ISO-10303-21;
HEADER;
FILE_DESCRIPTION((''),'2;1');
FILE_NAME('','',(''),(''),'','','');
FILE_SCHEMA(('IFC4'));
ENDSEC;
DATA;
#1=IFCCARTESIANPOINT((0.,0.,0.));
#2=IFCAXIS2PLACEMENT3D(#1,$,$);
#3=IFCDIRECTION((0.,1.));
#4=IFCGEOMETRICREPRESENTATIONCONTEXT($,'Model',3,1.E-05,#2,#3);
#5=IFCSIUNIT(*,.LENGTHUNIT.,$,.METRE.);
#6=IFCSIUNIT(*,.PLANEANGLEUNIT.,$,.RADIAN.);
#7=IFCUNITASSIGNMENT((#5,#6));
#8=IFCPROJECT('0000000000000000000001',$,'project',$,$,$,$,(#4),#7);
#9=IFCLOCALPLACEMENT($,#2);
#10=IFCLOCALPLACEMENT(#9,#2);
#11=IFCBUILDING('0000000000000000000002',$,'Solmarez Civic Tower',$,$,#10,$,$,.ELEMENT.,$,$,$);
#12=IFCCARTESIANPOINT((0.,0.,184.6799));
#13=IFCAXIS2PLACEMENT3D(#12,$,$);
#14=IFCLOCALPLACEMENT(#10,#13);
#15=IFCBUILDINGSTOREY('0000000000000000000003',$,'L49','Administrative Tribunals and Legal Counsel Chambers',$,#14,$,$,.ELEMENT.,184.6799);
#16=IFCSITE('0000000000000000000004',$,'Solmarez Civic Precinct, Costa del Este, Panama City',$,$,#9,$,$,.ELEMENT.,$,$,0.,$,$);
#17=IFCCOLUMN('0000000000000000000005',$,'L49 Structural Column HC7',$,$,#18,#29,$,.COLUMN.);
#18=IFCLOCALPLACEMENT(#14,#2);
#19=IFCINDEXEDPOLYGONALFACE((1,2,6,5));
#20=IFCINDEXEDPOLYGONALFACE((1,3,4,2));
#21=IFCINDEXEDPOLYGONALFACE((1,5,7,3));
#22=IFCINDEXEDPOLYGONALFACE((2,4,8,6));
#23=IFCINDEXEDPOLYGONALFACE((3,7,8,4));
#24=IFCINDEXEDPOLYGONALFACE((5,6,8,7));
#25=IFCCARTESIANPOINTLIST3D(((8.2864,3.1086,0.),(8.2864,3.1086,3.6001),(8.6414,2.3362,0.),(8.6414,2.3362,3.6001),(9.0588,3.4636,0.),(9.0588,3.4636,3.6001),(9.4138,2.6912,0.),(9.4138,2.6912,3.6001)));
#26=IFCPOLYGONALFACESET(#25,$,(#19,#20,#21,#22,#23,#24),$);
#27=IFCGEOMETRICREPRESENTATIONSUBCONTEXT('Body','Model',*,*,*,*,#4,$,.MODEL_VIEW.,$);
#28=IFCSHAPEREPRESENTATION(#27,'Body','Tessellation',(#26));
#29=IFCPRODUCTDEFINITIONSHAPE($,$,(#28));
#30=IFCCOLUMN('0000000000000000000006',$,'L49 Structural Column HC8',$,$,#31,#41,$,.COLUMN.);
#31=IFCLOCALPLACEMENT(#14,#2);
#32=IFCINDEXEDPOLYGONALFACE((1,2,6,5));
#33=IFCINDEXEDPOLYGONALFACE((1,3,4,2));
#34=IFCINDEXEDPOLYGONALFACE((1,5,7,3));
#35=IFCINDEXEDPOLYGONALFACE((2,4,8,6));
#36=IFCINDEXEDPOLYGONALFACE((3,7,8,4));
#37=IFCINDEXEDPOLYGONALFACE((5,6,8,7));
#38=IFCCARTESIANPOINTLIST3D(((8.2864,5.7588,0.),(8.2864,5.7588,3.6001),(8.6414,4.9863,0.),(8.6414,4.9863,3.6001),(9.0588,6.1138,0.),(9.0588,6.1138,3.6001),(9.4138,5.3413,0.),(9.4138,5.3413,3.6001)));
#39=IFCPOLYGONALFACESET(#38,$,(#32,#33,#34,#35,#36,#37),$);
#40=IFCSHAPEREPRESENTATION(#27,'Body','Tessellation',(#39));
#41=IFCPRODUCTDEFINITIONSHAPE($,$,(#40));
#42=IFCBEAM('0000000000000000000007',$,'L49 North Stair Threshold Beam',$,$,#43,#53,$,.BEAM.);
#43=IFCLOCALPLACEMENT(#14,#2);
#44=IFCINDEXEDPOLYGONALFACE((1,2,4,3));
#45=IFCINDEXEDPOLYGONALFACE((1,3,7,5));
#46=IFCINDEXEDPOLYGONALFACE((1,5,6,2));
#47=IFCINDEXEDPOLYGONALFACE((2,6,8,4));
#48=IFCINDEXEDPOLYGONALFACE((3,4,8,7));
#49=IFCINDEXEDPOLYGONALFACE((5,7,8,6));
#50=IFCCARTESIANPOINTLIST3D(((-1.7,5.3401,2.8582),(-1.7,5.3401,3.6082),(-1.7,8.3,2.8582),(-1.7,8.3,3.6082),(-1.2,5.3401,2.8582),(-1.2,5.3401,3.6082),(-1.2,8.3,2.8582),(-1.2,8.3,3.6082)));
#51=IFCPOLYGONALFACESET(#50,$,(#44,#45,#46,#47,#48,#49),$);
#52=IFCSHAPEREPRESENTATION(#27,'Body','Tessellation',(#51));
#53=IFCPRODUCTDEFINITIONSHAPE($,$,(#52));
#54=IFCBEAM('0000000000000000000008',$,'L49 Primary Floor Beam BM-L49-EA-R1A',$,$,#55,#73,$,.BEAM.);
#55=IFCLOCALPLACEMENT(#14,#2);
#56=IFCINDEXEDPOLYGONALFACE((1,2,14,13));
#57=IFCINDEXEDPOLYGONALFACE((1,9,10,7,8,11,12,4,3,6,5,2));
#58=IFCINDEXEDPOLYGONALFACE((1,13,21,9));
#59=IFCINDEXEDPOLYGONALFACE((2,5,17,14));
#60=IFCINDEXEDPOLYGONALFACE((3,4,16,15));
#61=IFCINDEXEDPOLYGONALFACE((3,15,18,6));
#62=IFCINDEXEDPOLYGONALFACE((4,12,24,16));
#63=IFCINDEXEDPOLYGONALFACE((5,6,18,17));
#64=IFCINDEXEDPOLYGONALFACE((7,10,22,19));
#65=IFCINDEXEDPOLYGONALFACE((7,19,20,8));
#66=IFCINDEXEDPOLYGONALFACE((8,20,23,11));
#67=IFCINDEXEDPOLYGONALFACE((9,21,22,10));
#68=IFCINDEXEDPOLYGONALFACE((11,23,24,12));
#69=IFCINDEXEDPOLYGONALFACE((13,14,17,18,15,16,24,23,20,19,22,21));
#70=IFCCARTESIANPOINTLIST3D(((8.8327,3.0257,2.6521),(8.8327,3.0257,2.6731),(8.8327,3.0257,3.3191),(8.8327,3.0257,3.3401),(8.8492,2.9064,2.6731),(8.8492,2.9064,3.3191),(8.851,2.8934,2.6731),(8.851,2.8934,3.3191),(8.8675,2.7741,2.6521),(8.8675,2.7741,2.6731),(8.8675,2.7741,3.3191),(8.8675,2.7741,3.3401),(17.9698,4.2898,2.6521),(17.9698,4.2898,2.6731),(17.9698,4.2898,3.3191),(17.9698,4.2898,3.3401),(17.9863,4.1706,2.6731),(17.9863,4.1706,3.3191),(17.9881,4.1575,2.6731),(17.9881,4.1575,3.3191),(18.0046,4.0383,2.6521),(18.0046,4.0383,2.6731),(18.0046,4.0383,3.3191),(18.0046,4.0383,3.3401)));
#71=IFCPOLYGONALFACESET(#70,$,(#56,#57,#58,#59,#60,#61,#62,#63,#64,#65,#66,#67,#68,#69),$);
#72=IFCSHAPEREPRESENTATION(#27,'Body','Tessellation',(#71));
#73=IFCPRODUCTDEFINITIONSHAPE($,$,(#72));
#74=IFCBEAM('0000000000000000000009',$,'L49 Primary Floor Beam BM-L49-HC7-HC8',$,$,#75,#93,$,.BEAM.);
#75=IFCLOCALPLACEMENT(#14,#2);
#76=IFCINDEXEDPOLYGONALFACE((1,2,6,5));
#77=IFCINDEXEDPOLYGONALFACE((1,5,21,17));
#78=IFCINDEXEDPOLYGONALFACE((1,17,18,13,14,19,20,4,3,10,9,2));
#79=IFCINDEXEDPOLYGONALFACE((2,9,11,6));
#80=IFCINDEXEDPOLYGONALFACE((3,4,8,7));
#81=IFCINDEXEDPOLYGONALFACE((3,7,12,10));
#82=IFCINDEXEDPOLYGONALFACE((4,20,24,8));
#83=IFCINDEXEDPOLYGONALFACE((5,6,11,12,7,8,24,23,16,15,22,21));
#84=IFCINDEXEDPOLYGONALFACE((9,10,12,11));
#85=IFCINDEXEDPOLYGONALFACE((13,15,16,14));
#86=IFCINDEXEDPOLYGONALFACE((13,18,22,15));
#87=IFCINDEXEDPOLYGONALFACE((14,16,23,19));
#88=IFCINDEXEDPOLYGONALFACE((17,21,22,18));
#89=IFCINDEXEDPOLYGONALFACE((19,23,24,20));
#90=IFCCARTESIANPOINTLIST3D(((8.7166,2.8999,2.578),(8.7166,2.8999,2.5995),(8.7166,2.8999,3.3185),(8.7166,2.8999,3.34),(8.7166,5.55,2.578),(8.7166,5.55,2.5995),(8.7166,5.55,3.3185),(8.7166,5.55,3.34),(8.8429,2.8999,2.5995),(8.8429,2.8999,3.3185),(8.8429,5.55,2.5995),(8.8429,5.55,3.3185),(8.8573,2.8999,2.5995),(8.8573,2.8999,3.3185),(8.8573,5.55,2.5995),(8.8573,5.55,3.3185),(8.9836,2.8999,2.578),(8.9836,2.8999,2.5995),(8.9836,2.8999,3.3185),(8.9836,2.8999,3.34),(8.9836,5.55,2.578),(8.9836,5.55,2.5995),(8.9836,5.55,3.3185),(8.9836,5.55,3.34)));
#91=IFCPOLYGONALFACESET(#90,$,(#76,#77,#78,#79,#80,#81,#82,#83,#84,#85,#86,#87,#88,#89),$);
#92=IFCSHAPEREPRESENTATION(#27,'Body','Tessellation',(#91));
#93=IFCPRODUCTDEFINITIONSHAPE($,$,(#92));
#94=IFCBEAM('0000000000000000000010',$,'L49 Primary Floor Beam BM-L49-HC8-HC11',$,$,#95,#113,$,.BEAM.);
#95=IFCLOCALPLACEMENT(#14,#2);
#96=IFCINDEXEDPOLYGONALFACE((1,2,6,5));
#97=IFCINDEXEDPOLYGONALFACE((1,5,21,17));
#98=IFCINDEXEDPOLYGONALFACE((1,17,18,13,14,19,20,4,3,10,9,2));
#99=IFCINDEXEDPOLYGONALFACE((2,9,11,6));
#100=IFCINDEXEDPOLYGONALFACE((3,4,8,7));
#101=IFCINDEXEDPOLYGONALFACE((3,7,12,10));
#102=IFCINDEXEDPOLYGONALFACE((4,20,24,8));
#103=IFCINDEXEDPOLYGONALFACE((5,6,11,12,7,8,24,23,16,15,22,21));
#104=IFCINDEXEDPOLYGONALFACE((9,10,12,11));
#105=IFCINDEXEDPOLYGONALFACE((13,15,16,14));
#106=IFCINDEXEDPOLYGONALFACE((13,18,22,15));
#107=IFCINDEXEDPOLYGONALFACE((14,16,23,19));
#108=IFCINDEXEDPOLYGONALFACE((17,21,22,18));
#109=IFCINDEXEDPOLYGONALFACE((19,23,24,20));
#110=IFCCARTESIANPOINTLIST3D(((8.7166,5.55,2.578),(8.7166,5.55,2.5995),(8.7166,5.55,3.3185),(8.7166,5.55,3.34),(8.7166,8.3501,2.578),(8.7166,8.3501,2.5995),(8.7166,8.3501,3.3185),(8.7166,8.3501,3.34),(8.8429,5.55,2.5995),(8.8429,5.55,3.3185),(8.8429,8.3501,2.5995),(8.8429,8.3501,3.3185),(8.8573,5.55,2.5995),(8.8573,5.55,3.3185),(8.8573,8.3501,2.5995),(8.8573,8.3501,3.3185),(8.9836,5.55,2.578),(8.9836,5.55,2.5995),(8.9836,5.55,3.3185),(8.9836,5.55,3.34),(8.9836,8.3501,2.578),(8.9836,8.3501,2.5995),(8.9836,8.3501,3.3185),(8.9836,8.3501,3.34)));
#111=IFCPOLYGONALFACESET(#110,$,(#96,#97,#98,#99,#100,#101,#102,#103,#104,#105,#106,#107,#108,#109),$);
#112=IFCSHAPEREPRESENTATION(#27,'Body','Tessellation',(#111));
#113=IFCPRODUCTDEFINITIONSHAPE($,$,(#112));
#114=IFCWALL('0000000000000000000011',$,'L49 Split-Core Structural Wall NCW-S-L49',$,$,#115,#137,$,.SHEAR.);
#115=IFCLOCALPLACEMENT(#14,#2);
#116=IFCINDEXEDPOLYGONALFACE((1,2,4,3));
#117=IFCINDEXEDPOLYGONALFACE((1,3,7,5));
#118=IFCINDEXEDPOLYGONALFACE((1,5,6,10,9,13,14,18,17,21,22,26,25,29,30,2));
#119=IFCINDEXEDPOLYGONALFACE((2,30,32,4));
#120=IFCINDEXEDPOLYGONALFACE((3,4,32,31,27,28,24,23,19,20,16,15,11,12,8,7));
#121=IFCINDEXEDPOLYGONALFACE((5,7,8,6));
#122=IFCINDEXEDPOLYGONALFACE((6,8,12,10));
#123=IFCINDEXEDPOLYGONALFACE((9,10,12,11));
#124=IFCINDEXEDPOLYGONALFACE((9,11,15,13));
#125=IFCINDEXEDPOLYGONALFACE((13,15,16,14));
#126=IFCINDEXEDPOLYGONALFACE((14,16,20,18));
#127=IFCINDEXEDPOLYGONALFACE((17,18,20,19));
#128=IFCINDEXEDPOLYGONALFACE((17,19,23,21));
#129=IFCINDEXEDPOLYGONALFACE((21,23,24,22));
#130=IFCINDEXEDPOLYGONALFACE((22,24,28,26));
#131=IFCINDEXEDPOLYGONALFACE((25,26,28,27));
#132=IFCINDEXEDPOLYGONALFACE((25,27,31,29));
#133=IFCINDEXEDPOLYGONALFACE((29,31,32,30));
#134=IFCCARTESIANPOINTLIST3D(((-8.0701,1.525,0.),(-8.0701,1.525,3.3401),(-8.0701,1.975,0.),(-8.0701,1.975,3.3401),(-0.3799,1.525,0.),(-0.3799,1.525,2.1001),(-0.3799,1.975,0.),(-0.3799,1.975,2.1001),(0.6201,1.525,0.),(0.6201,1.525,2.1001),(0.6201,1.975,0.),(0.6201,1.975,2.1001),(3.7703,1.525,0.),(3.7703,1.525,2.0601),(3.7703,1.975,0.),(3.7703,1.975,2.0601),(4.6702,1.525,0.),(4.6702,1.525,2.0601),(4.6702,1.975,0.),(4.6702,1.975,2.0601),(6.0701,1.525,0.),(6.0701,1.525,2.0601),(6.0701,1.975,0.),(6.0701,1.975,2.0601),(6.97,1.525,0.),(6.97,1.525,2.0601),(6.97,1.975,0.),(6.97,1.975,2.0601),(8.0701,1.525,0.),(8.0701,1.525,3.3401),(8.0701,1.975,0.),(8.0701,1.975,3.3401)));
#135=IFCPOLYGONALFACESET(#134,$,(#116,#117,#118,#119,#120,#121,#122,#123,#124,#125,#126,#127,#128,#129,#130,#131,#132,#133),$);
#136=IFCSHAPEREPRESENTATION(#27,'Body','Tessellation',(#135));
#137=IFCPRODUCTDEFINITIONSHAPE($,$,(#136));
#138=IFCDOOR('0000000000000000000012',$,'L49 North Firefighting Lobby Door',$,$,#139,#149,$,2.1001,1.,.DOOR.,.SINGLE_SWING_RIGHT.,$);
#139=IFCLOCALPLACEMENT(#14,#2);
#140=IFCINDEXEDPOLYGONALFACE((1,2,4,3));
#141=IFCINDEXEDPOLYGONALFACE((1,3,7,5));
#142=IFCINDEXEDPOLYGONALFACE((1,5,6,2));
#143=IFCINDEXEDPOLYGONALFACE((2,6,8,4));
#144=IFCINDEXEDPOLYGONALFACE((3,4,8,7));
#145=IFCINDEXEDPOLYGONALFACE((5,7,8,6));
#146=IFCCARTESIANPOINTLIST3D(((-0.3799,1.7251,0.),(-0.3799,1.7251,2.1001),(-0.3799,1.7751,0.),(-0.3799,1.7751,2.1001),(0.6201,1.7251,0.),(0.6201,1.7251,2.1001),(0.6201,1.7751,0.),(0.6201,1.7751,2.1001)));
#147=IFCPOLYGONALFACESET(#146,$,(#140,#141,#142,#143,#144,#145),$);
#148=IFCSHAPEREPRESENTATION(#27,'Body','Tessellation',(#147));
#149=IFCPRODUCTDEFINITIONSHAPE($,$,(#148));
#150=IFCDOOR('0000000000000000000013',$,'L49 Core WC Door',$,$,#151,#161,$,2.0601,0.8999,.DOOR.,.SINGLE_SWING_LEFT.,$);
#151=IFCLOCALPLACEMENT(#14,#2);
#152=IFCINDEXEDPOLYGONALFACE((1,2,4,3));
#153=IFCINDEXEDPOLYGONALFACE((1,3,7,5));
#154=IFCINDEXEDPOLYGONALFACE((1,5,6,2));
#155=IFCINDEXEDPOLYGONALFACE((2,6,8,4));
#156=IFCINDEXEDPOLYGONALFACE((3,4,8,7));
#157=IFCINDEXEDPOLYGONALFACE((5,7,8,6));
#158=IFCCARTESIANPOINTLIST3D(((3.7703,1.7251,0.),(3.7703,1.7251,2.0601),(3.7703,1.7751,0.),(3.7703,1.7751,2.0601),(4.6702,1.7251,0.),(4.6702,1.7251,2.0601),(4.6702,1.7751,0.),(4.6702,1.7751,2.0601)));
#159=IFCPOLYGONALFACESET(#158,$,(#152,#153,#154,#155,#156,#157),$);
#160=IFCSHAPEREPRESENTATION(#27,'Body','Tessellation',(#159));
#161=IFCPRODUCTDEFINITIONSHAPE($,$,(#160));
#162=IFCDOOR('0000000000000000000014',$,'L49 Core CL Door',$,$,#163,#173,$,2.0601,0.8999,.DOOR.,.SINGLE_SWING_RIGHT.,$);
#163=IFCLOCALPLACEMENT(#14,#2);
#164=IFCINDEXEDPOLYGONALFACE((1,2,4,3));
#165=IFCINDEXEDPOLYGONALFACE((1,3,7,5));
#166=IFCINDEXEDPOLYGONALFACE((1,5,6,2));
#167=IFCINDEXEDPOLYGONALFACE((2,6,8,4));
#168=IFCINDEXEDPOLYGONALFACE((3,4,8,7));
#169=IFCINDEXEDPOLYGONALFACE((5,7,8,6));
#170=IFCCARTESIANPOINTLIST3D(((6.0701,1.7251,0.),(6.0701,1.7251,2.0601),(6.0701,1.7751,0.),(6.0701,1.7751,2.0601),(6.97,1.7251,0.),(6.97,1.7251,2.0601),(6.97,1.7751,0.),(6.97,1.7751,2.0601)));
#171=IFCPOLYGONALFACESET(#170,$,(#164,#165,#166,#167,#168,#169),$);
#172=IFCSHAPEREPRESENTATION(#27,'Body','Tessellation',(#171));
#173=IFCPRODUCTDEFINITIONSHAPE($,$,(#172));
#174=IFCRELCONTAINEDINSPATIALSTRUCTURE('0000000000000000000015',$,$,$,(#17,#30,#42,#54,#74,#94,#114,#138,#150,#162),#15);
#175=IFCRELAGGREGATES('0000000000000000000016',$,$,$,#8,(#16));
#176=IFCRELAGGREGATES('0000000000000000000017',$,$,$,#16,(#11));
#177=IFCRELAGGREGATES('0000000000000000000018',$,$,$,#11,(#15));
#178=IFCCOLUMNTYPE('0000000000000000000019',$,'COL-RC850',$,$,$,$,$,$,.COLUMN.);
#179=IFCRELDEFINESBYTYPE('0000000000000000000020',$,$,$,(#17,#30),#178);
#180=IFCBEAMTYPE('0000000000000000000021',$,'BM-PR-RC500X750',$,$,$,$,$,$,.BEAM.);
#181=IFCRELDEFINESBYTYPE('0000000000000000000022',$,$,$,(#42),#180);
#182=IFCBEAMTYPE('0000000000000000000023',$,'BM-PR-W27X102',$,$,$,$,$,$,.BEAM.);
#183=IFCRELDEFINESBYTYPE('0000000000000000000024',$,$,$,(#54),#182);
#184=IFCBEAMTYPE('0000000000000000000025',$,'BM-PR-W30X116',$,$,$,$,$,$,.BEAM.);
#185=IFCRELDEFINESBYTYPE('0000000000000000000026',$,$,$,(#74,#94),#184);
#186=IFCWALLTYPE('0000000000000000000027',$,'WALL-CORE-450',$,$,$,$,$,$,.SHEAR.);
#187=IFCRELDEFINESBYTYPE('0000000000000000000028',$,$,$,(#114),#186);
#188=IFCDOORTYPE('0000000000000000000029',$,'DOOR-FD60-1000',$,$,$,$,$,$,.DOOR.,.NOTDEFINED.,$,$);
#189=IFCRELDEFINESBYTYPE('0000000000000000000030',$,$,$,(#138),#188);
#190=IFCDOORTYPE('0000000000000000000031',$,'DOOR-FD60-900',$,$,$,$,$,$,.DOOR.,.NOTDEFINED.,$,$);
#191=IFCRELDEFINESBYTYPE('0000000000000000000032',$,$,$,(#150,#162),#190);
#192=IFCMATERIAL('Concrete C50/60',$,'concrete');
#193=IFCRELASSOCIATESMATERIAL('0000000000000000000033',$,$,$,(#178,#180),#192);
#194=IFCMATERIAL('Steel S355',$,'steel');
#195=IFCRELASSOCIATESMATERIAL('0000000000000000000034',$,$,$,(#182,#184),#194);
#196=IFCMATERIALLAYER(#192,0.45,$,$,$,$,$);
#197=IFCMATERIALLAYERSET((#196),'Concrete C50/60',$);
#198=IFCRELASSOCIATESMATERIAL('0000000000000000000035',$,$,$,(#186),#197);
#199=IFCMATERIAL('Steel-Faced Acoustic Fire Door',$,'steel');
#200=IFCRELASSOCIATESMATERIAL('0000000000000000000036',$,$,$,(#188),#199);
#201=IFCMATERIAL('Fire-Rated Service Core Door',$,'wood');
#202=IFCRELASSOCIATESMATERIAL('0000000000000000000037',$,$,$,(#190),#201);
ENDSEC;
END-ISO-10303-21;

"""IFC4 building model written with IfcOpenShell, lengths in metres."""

from ifc_helpers import new_model, si_unit, direction, frame, frame_2d, origin, origin_2d, place, context, subcontext, project, spatial, rectangle, i_section, extrude, material, layer, layer_set, material_profile, profile_set, type_object, element, fill, save


model = new_model("IFC4")

# Units and contexts
model_context = context("Model", 3, precision=1e-05, world=origin(), true_north=direction((0.0, 1.0)))
body_context = subcontext(model_context, "Body", "Model", "MODEL_VIEW")
ifc_project = project(units=[si_unit("LENGTHUNIT", "METRE"), si_unit("PLANEANGLEUNIT", "RADIAN")], contexts=[model_context])

# Site, building, storey
site_placement = place(None, origin())
site = spatial("IfcSite", under=ifc_project, at=site_placement, Name="Solmarez Civic Precinct, Costa del Este, Panama City", CompositionType="ELEMENT", RefElevation=0.0)
building_placement = place(site_placement, origin())
building = spatial("IfcBuilding", under=site, at=building_placement, Name="Solmarez Civic Tower", CompositionType="ELEMENT")
storey_placement = place(building_placement, frame((0.0, 0.0, 184.6799)))
storey = spatial("IfcBuildingStorey", under=building, at=storey_placement, Name="L49", Description="Administrative Tribunals and Legal Counsel Chambers", CompositionType="ELEMENT", Elevation=184.6799)

# Columns
ifc_material_1 = material(Name="Concrete C50/60", Category="concrete")
ifc_material_profile_1 = material_profile(ifc_material_1, rectangle(XDim=0.8501, YDim=0.8501, at=origin_2d()), Name="RC850X850")
ifc_profile_set_1 = profile_set([ifc_material_profile_1], Name="Concrete C50/60")
column_type = type_object("IfcColumnType", Name="COL-RC850", PredefinedType="COLUMN", material=ifc_profile_set_1)
for number, where, z_axis, x_axis, name in (
    (1, (8.8501, 2.8999, 0.0), (0.0, 0.0, 1.0), (0.908654, 0.41755, 0.0), "L49 Structural Column HC7"),
    (2, (8.8501, 5.55, 0.0), (0.0, 0.0, 1.0), (0.908654, 0.41755, 0.0), "L49 Structural Column HC8"),
):
    element("IfcColumn", number, at=place(storey_placement, frame(where, z_axis=z_axis, x_axis=x_axis)), inside=storey, type_object=column_type, Name=name, PredefinedType="COLUMN", context=body_context, shape_type="SweptSolid", body=[
        extrude(rectangle(XDim=0.8501, YDim=0.8501, at=origin_2d()), origin(), (0.0, 0.0, 1.0), 3.6001),
    ])

# Beams
ifc_material_profile_2 = material_profile(ifc_material_1, rectangle(XDim=0.5, YDim=0.75, at=origin_2d()), Name="RC500X750")
ifc_profile_set_2 = profile_set([ifc_material_profile_2], Name="Concrete C50/60")
beam_type_1 = type_object("IfcBeamType", Name="BM-PR-RC500X750", PredefinedType="BEAM", material=ifc_profile_set_2)
beam_1_placement = place(storey_placement, frame((-1.45, 5.3401, 3.2332), z_axis=(0.0, 1.0, 0.0), x_axis=(-1.0, 0.0, 0.0)))
element("IfcBeam", 3, at=beam_1_placement, inside=storey, type_object=beam_type_1, Name="L49 North Stair Threshold Beam", PredefinedType="BEAM", context=body_context, shape_type="SweptSolid", body=[
    extrude(rectangle(XDim=0.5, YDim=0.75, at=origin_2d()), origin(), (0.0, 0.0, 1.0), 2.96),
])
ifc_material_2 = material(Name="Steel S355", Category="steel")
ifc_material_profile_3 = material_profile(ifc_material_2, i_section(OverallWidth=0.2539, OverallDepth=0.688, WebThickness=0.0132, FlangeThickness=0.021, at=origin_2d()), Name="W27X102")
ifc_profile_set_3 = profile_set([ifc_material_profile_3], Name="Steel S355")
beam_type_2 = type_object("IfcBeamType", Name="BM-PR-W27X102", PredefinedType="BEAM", material=ifc_profile_set_3)
beam_2_placement = place(storey_placement, frame((8.8501, 2.8999, 2.9961), z_axis=(0.990564, 0.137051, 0.0), x_axis=(-0.137051, 0.990564, 0.0)))
element("IfcBeam", 4, at=beam_2_placement, inside=storey, type_object=beam_type_2, Name="L49 Primary Floor Beam BM-L49-EA-R1A", PredefinedType="BEAM", context=body_context, shape_type="SweptSolid", body=[
    extrude(i_section(OverallWidth=0.2539, OverallDepth=0.688, WebThickness=0.0132, FlangeThickness=0.021, at=origin_2d()), origin(), (0.0, 0.0, 1.0), 9.2241),
])
ifc_material_profile_4 = material_profile(ifc_material_2, i_section(OverallWidth=0.2671, OverallDepth=0.762, WebThickness=0.0144, FlangeThickness=0.0215, at=origin_2d()), Name="W30X116")
ifc_profile_set_4 = profile_set([ifc_material_profile_4], Name="Steel S355")
beam_type_3 = type_object("IfcBeamType", Name="BM-PR-W30X116", PredefinedType="BEAM", material=ifc_profile_set_4)
beam_3_placement = place(storey_placement, frame((8.8501, 2.8999, 2.959), z_axis=(0.0, 1.0, 0.0), x_axis=(-1.0, 0.0, 0.0)))
element("IfcBeam", 5, at=beam_3_placement, inside=storey, type_object=beam_type_3, Name="L49 Primary Floor Beam BM-L49-HC7-HC8", PredefinedType="BEAM", context=body_context, shape_type="SweptSolid", body=[
    extrude(i_section(OverallWidth=0.2671, OverallDepth=0.762, WebThickness=0.0144, FlangeThickness=0.0215, at=origin_2d()), origin(), (0.0, 0.0, 1.0), 2.6501),
])
beam_4_placement = place(storey_placement, frame((8.8501, 5.55, 2.959), z_axis=(0.0, 1.0, 0.0), x_axis=(-1.0, 0.0, 0.0)))
element("IfcBeam", 6, at=beam_4_placement, inside=storey, type_object=beam_type_3, Name="L49 Primary Floor Beam BM-L49-HC8-HC11", PredefinedType="BEAM", context=body_context, shape_type="SweptSolid", body=[
    extrude(i_section(OverallWidth=0.2671, OverallDepth=0.762, WebThickness=0.0144, FlangeThickness=0.0215, at=origin_2d()), origin(), (0.0, 0.0, 1.0), 2.8),
])

# Wall, openings, doors
ifc_layer_1 = layer(ifc_material_1, 0.45)
ifc_layer_set_1 = layer_set([ifc_layer_1], Name="Concrete C50/60")
wall_type_1 = type_object("IfcWallType", Name="WALL-CORE-450", PredefinedType="SHEAR", material=ifc_layer_set_1)
wall_1_placement = place(storey_placement, frame((8.0701, 1.75, 0.0), z_axis=(0.0, 0.0, 1.0), x_axis=(-1.0, 0.0, 0.0)))
wall_1 = element("IfcWall", 7, at=wall_1_placement, inside=storey, type_object=wall_type_1, Name="L49 Split-Core Structural Wall NCW-S-L49", PredefinedType="SHEAR", context=body_context, shape_type="SweptSolid", body=[
    extrude(rectangle(XDim=16.1401, YDim=0.45, at=frame_2d((8.0701, 0.0))), origin(), (0.0, 0.0, 1.0), 3.3401),
])
opening_1_placement = place(wall_1_placement, frame((7.45, 0.0, 0.0)))
opening_1 = element("IfcOpeningElement", 8, at=opening_1_placement, cuts=wall_1, PredefinedType="OPENING", context=body_context, shape_type="SweptSolid", body=[
    extrude(rectangle(XDim=1.0, YDim=2.1001, at=frame_2d((0.5, 1.05))), frame((0.0, 0.2349, 0.0), z_axis=(0.0, -1.0, 0.0), x_axis=(1.0, 0.0, 0.0)), (0.0, 0.0, 1.0), 0.47),
])
opening_2_placement = place(wall_1_placement, frame((3.3999, 0.0, 0.0)))
opening_2 = element("IfcOpeningElement", 9, at=opening_2_placement, cuts=wall_1, PredefinedType="OPENING", context=body_context, shape_type="SweptSolid", body=[
    extrude(rectangle(XDim=0.8999, YDim=2.0601, at=frame_2d((0.45, 1.03))), frame((0.0, 0.2349, 0.0), z_axis=(0.0, -1.0, 0.0), x_axis=(1.0, 0.0, 0.0)), (0.0, 0.0, 1.0), 0.47),
])
opening_3_placement = place(wall_1_placement, frame((1.1001, 0.0, 0.0)))
opening_3 = element("IfcOpeningElement", 10, at=opening_3_placement, cuts=wall_1, PredefinedType="OPENING", context=body_context, shape_type="SweptSolid", body=[
    extrude(rectangle(XDim=0.8999, YDim=2.0601, at=frame_2d((0.45, 1.03))), frame((0.0, 0.2349, 0.0), z_axis=(0.0, -1.0, 0.0), x_axis=(1.0, 0.0, 0.0)), (0.0, 0.0, 1.0), 0.47),
])
ifc_material_3 = material(Name="Steel-Faced Acoustic Fire Door", Category="steel")
door_type_1 = type_object("IfcDoorType", Name="DOOR-FD60-1000", OperationType="NOTDEFINED", PredefinedType="DOOR", material=ifc_material_3)
door_1_placement = place(opening_1_placement, origin())
door_1 = element("IfcDoor", 11, at=door_1_placement, inside=storey, type_object=door_type_1, Name="L49 North Firefighting Lobby Door", OperationType="SINGLE_SWING_RIGHT", OverallHeight=2.1001, OverallWidth=1.0, PredefinedType="DOOR", context=body_context, shape_type="SweptSolid", body=[
    extrude(rectangle(XDim=1.0, YDim=2.1001, at=frame_2d((0.5, 1.05))), frame((0.0, 0.0249, 0.0), z_axis=(0.0, -1.0, 0.0), x_axis=(1.0, 0.0, 0.0)), (0.0, 0.0, 1.0), 0.05),
])
fill(opening_1, door_1)
ifc_material_4 = material(Name="Fire-Rated Service Core Door", Category="wood")
door_type_2 = type_object("IfcDoorType", Name="DOOR-FD60-900", OperationType="NOTDEFINED", PredefinedType="DOOR", material=ifc_material_4)
door_2_placement = place(opening_2_placement, origin())
door_2 = element("IfcDoor", 12, at=door_2_placement, inside=storey, type_object=door_type_2, Name="L49 Core WC Door", OperationType="SINGLE_SWING_LEFT", OverallHeight=2.0601, OverallWidth=0.8999, PredefinedType="DOOR", context=body_context, shape_type="SweptSolid", body=[
    extrude(rectangle(XDim=0.8999, YDim=2.0601, at=frame_2d((0.45, 1.03))), frame((0.0, 0.0249, 0.0), z_axis=(0.0, -1.0, 0.0), x_axis=(1.0, 0.0, 0.0)), (0.0, 0.0, 1.0), 0.05),
])
fill(opening_2, door_2)
door_3_placement = place(opening_3_placement, origin())
door_3 = element("IfcDoor", 13, at=door_3_placement, inside=storey, type_object=door_type_2, Name="L49 Core CL Door", OperationType="SINGLE_SWING_RIGHT", OverallHeight=2.0601, OverallWidth=0.8999, PredefinedType="DOOR", context=body_context, shape_type="SweptSolid", body=[
    extrude(rectangle(XDim=0.8999, YDim=2.0601, at=frame_2d((0.45, 1.03))), frame((0.0, 0.0249, 0.0), z_axis=(0.0, -1.0, 0.0), x_axis=(1.0, 0.0, 0.0)), (0.0, 0.0, 1.0), 0.05),
])
fill(opening_3, door_3)

save(model, "model.ifc")
